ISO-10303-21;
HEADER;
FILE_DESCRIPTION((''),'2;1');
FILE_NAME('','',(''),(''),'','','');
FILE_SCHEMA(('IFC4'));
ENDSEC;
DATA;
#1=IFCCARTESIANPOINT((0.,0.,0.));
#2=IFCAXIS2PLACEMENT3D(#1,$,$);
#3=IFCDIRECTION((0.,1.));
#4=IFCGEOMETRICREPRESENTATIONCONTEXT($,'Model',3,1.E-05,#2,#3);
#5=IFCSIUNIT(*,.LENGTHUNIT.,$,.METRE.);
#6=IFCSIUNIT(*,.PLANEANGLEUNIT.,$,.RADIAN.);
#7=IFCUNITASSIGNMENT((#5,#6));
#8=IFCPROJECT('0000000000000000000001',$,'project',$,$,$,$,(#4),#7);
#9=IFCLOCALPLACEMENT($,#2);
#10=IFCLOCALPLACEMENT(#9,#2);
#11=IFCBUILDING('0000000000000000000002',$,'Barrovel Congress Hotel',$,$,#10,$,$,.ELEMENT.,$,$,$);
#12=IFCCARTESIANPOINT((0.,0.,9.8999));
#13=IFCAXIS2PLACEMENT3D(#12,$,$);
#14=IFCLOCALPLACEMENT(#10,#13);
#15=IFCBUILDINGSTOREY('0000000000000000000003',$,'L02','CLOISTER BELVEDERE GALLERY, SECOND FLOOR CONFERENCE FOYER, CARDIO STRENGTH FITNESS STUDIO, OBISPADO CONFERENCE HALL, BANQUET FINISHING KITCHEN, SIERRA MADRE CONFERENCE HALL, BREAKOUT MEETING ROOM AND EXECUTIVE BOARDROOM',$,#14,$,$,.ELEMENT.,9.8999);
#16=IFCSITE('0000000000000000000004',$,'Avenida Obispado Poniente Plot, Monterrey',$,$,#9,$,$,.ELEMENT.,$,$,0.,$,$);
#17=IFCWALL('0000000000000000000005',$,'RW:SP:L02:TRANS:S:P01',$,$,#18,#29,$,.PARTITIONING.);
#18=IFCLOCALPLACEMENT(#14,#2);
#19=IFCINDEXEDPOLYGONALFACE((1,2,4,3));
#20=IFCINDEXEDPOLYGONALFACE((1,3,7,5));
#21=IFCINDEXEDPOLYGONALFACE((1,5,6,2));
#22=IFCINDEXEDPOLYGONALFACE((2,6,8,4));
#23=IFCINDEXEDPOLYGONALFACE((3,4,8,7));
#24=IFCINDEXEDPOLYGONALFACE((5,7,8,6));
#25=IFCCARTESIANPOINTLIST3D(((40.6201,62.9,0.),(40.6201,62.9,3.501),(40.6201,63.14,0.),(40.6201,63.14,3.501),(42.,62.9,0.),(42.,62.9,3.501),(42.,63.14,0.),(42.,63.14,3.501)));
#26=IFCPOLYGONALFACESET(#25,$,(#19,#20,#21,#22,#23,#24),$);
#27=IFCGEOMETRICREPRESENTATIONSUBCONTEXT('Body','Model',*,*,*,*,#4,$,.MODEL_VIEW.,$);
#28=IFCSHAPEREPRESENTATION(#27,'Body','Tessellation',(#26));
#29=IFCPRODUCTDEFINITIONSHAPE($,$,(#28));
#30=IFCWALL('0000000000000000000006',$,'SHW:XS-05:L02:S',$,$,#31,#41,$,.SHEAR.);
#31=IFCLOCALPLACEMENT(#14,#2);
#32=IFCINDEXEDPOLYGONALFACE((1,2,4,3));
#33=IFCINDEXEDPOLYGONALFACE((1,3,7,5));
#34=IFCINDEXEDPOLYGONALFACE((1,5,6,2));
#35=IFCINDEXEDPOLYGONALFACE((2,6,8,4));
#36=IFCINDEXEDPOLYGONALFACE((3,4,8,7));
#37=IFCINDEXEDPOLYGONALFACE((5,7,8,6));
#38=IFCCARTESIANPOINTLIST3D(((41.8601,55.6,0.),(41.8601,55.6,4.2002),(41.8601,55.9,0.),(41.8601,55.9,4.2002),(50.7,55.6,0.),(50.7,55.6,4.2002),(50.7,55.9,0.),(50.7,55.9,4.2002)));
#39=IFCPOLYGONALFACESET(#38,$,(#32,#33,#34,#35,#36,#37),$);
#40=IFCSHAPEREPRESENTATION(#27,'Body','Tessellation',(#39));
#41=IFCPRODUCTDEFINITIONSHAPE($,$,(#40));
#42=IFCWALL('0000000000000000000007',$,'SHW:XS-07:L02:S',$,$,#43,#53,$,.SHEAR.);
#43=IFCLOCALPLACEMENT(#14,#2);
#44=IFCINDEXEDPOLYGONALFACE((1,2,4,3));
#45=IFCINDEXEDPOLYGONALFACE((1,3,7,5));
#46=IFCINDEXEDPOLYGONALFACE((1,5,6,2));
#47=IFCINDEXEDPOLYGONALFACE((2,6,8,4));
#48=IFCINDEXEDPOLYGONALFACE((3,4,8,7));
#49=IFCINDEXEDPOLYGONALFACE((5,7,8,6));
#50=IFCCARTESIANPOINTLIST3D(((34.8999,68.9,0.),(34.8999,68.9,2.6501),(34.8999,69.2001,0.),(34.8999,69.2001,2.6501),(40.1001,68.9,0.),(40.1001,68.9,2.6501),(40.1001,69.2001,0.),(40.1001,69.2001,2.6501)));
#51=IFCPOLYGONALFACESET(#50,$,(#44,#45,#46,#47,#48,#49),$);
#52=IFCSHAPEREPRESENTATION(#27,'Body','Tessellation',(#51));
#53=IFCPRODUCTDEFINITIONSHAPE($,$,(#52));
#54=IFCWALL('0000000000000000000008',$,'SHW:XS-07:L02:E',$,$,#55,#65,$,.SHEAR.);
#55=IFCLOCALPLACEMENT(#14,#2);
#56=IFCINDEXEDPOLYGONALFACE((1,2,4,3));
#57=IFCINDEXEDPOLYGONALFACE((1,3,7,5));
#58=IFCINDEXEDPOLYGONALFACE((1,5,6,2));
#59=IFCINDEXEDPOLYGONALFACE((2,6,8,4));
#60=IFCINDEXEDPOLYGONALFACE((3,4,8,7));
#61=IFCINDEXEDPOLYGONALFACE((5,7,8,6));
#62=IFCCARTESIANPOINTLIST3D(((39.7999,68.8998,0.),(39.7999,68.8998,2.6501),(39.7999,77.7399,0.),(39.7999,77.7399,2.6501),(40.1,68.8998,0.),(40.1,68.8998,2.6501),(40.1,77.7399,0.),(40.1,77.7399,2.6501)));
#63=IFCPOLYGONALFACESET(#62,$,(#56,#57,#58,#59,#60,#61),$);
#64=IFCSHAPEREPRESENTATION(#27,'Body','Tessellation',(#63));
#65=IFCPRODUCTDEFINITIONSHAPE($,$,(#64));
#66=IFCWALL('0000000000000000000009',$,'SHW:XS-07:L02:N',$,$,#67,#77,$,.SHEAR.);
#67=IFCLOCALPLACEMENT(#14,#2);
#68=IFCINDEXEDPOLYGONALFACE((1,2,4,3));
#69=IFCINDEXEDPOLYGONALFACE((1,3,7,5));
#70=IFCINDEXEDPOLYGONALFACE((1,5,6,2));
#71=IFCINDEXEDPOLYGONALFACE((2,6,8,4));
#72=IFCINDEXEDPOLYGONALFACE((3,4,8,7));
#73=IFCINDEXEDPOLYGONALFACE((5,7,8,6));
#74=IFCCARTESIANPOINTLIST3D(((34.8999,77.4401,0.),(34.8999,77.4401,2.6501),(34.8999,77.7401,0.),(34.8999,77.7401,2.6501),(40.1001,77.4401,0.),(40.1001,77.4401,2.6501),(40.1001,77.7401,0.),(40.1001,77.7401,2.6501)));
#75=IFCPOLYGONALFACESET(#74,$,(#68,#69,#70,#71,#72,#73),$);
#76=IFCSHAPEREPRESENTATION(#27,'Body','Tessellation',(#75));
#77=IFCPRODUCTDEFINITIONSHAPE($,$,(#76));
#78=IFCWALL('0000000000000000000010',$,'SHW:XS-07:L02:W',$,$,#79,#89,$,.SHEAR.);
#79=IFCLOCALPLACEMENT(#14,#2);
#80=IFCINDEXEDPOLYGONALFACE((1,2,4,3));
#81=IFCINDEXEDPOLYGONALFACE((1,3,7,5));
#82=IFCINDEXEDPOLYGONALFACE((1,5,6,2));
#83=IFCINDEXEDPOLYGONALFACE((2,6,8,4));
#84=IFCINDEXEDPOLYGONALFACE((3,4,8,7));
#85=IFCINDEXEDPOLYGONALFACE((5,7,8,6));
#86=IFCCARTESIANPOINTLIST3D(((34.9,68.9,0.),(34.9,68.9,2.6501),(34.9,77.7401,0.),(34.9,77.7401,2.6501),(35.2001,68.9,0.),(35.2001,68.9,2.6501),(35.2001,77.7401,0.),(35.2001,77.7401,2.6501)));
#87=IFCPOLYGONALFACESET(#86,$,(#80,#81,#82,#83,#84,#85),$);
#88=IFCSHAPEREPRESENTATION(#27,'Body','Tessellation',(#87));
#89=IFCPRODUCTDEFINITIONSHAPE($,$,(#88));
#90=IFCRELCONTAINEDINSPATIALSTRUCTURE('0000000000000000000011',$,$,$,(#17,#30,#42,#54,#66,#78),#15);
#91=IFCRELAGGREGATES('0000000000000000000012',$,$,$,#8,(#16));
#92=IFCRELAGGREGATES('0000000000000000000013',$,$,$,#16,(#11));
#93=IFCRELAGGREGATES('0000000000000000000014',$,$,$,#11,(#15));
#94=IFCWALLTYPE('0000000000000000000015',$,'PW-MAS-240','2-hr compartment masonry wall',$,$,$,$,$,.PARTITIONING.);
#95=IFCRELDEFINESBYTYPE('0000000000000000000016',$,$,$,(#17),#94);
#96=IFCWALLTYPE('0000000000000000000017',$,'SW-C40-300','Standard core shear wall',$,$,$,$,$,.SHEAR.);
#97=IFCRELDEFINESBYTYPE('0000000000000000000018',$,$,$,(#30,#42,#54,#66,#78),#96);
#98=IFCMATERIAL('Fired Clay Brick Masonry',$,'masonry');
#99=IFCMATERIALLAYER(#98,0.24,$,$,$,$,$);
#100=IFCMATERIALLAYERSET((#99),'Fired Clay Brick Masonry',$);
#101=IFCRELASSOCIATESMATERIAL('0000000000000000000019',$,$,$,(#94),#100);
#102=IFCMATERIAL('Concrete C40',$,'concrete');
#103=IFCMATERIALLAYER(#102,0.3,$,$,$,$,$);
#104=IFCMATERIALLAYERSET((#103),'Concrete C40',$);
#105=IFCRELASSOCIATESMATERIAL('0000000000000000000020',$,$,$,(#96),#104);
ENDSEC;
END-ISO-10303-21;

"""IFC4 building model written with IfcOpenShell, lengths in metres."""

from ifc_helpers import new_model, si_unit, direction, frame, frame_2d, origin, place, context, subcontext, project, spatial, rectangle, extrude, material, layer, layer_set, type_object, element, save


model = new_model("IFC4")

# Units and contexts
model_context = context("Model", 3, precision=1e-05, world=origin(), true_north=direction((0.0, 1.0)))
body_context = subcontext(model_context, "Body", "Model", "MODEL_VIEW")
ifc_project = project(units=[si_unit("LENGTHUNIT", "METRE"), si_unit("PLANEANGLEUNIT", "RADIAN")], contexts=[model_context])

# Site, building, storey
site_placement = place(None, origin())
site = spatial("IfcSite", under=ifc_project, at=site_placement, Name="Avenida Obispado Poniente Plot, Monterrey", CompositionType="ELEMENT", RefElevation=0.0)
building_placement = place(site_placement, origin())
building = spatial("IfcBuilding", under=site, at=building_placement, Name="Barrovel Congress Hotel", CompositionType="ELEMENT")
storey_placement = place(building_placement, frame((0.0, 0.0, 9.8999)))
storey = spatial("IfcBuildingStorey", under=building, at=storey_placement, Name="L02", Description="CLOISTER BELVEDERE GALLERY, SECOND FLOOR CONFERENCE FOYER, CARDIO STRENGTH FITNESS STUDIO, OBISPADO CONFERENCE HALL, BANQUET FINISHING KITCHEN, SIERRA MADRE CONFERENCE HALL, BREAKOUT MEETING ROOM AND EXECUTIVE BOARDROOM", CompositionType="ELEMENT", Elevation=9.8999)

# Shared definitions
ifc_material_1 = material(Name="Concrete C40", Category="concrete")

# Shared definitions
ifc_material_2 = material(Name="Fired Clay Brick Masonry", Category="masonry")

# Walls
ifc_layer_1 = layer(ifc_material_2, 0.24)
ifc_layer_set_1 = layer_set([ifc_layer_1], Name="Fired Clay Brick Masonry")
wall_type_1 = type_object("IfcWallType", Name="PW-MAS-240", Description="2-hr compartment masonry wall", PredefinedType="PARTITIONING", material=ifc_layer_set_1)
wall_1_placement = place(storey_placement, frame((40.6201, 63.02, 0.0), z_axis=(0.0, 0.0, 1.0), x_axis=(1.0, 0.0, 0.0)))
element("IfcWall", 1, at=wall_1_placement, inside=storey, type_object=wall_type_1, Name="RW:SP:L02:TRANS:S:P01", PredefinedType="PARTITIONING", context=body_context, shape_type="SweptSolid", body=[
    extrude(rectangle(XDim=1.3799, YDim=0.24, at=frame_2d((0.6899, 0.0))), origin(), (0.0, 0.0, 1.0), 3.501),
])
ifc_layer_2 = layer(ifc_material_1, 0.3)
ifc_layer_set_2 = layer_set([ifc_layer_2], Name="Concrete C40")
wall_type_2 = type_object("IfcWallType", Name="SW-C40-300", Description="Standard core shear wall", PredefinedType="SHEAR", material=ifc_layer_set_2)
wall_2_placement = place(storey_placement, frame((41.8601, 55.75, 0.0), z_axis=(0.0, 0.0, 1.0), x_axis=(1.0, 0.0, 0.0)))
element("IfcWall", 2, at=wall_2_placement, inside=storey, type_object=wall_type_2, Name="SHW:XS-05:L02:S", PredefinedType="SHEAR", context=body_context, shape_type="SweptSolid", body=[
    extrude(rectangle(XDim=8.8398, YDim=0.3, at=frame_2d((4.4199, 0.0))), origin(), (0.0, 0.0, 1.0), 4.2002),
])
wall_3_placement = place(storey_placement, frame((34.8999, 69.05, 0.0), z_axis=(0.0, 0.0, 1.0), x_axis=(1.0, 0.0, 0.0)))
element("IfcWall", 3, at=wall_3_placement, inside=storey, type_object=wall_type_2, Name="SHW:XS-07:L02:S", PredefinedType="SHEAR", context=body_context, shape_type="SweptSolid", body=[
    extrude(rectangle(XDim=5.2002, YDim=0.3, at=frame_2d((2.6001, 0.0))), origin(), (0.0, 0.0, 1.0), 2.6501),
])
wall_4_placement = place(storey_placement, frame((39.95, 68.8999, 0.0), z_axis=(0.0, 0.0, 1.0), x_axis=(0.0, 1.0, 0.0)))
element("IfcWall", 4, at=wall_4_placement, inside=storey, type_object=wall_type_2, Name="SHW:XS-07:L02:E", PredefinedType="SHEAR", context=body_context, shape_type="SweptSolid", body=[
    extrude(rectangle(XDim=8.8401, YDim=0.3, at=frame_2d((4.4199, 0.0))), origin(), (0.0, 0.0, 1.0), 2.6501),
])
wall_5_placement = place(storey_placement, frame((40.1001, 77.5901, 0.0), z_axis=(0.0, 0.0, 1.0), x_axis=(-1.0, 0.0, 0.0)))
element("IfcWall", 5, at=wall_5_placement, inside=storey, type_object=wall_type_2, Name="SHW:XS-07:L02:N", PredefinedType="SHEAR", context=body_context, shape_type="SweptSolid", body=[
    extrude(rectangle(XDim=5.2002, YDim=0.3, at=frame_2d((2.6001, 0.0))), origin(), (0.0, 0.0, 1.0), 2.6501),
])
wall_6_placement = place(storey_placement, frame((35.05, 77.74, 0.0), z_axis=(0.0, 0.0, 1.0), x_axis=(0.0, -1.0, 0.0)))
element("IfcWall", 6, at=wall_6_placement, inside=storey, type_object=wall_type_2, Name="SHW:XS-07:L02:W", PredefinedType="SHEAR", context=body_context, shape_type="SweptSolid", body=[
    extrude(rectangle(XDim=8.8401, YDim=0.3, at=frame_2d((4.4199, 0.0))), origin(), (0.0, 0.0, 1.0), 2.6501),
])

save(model, "model.ifc")
